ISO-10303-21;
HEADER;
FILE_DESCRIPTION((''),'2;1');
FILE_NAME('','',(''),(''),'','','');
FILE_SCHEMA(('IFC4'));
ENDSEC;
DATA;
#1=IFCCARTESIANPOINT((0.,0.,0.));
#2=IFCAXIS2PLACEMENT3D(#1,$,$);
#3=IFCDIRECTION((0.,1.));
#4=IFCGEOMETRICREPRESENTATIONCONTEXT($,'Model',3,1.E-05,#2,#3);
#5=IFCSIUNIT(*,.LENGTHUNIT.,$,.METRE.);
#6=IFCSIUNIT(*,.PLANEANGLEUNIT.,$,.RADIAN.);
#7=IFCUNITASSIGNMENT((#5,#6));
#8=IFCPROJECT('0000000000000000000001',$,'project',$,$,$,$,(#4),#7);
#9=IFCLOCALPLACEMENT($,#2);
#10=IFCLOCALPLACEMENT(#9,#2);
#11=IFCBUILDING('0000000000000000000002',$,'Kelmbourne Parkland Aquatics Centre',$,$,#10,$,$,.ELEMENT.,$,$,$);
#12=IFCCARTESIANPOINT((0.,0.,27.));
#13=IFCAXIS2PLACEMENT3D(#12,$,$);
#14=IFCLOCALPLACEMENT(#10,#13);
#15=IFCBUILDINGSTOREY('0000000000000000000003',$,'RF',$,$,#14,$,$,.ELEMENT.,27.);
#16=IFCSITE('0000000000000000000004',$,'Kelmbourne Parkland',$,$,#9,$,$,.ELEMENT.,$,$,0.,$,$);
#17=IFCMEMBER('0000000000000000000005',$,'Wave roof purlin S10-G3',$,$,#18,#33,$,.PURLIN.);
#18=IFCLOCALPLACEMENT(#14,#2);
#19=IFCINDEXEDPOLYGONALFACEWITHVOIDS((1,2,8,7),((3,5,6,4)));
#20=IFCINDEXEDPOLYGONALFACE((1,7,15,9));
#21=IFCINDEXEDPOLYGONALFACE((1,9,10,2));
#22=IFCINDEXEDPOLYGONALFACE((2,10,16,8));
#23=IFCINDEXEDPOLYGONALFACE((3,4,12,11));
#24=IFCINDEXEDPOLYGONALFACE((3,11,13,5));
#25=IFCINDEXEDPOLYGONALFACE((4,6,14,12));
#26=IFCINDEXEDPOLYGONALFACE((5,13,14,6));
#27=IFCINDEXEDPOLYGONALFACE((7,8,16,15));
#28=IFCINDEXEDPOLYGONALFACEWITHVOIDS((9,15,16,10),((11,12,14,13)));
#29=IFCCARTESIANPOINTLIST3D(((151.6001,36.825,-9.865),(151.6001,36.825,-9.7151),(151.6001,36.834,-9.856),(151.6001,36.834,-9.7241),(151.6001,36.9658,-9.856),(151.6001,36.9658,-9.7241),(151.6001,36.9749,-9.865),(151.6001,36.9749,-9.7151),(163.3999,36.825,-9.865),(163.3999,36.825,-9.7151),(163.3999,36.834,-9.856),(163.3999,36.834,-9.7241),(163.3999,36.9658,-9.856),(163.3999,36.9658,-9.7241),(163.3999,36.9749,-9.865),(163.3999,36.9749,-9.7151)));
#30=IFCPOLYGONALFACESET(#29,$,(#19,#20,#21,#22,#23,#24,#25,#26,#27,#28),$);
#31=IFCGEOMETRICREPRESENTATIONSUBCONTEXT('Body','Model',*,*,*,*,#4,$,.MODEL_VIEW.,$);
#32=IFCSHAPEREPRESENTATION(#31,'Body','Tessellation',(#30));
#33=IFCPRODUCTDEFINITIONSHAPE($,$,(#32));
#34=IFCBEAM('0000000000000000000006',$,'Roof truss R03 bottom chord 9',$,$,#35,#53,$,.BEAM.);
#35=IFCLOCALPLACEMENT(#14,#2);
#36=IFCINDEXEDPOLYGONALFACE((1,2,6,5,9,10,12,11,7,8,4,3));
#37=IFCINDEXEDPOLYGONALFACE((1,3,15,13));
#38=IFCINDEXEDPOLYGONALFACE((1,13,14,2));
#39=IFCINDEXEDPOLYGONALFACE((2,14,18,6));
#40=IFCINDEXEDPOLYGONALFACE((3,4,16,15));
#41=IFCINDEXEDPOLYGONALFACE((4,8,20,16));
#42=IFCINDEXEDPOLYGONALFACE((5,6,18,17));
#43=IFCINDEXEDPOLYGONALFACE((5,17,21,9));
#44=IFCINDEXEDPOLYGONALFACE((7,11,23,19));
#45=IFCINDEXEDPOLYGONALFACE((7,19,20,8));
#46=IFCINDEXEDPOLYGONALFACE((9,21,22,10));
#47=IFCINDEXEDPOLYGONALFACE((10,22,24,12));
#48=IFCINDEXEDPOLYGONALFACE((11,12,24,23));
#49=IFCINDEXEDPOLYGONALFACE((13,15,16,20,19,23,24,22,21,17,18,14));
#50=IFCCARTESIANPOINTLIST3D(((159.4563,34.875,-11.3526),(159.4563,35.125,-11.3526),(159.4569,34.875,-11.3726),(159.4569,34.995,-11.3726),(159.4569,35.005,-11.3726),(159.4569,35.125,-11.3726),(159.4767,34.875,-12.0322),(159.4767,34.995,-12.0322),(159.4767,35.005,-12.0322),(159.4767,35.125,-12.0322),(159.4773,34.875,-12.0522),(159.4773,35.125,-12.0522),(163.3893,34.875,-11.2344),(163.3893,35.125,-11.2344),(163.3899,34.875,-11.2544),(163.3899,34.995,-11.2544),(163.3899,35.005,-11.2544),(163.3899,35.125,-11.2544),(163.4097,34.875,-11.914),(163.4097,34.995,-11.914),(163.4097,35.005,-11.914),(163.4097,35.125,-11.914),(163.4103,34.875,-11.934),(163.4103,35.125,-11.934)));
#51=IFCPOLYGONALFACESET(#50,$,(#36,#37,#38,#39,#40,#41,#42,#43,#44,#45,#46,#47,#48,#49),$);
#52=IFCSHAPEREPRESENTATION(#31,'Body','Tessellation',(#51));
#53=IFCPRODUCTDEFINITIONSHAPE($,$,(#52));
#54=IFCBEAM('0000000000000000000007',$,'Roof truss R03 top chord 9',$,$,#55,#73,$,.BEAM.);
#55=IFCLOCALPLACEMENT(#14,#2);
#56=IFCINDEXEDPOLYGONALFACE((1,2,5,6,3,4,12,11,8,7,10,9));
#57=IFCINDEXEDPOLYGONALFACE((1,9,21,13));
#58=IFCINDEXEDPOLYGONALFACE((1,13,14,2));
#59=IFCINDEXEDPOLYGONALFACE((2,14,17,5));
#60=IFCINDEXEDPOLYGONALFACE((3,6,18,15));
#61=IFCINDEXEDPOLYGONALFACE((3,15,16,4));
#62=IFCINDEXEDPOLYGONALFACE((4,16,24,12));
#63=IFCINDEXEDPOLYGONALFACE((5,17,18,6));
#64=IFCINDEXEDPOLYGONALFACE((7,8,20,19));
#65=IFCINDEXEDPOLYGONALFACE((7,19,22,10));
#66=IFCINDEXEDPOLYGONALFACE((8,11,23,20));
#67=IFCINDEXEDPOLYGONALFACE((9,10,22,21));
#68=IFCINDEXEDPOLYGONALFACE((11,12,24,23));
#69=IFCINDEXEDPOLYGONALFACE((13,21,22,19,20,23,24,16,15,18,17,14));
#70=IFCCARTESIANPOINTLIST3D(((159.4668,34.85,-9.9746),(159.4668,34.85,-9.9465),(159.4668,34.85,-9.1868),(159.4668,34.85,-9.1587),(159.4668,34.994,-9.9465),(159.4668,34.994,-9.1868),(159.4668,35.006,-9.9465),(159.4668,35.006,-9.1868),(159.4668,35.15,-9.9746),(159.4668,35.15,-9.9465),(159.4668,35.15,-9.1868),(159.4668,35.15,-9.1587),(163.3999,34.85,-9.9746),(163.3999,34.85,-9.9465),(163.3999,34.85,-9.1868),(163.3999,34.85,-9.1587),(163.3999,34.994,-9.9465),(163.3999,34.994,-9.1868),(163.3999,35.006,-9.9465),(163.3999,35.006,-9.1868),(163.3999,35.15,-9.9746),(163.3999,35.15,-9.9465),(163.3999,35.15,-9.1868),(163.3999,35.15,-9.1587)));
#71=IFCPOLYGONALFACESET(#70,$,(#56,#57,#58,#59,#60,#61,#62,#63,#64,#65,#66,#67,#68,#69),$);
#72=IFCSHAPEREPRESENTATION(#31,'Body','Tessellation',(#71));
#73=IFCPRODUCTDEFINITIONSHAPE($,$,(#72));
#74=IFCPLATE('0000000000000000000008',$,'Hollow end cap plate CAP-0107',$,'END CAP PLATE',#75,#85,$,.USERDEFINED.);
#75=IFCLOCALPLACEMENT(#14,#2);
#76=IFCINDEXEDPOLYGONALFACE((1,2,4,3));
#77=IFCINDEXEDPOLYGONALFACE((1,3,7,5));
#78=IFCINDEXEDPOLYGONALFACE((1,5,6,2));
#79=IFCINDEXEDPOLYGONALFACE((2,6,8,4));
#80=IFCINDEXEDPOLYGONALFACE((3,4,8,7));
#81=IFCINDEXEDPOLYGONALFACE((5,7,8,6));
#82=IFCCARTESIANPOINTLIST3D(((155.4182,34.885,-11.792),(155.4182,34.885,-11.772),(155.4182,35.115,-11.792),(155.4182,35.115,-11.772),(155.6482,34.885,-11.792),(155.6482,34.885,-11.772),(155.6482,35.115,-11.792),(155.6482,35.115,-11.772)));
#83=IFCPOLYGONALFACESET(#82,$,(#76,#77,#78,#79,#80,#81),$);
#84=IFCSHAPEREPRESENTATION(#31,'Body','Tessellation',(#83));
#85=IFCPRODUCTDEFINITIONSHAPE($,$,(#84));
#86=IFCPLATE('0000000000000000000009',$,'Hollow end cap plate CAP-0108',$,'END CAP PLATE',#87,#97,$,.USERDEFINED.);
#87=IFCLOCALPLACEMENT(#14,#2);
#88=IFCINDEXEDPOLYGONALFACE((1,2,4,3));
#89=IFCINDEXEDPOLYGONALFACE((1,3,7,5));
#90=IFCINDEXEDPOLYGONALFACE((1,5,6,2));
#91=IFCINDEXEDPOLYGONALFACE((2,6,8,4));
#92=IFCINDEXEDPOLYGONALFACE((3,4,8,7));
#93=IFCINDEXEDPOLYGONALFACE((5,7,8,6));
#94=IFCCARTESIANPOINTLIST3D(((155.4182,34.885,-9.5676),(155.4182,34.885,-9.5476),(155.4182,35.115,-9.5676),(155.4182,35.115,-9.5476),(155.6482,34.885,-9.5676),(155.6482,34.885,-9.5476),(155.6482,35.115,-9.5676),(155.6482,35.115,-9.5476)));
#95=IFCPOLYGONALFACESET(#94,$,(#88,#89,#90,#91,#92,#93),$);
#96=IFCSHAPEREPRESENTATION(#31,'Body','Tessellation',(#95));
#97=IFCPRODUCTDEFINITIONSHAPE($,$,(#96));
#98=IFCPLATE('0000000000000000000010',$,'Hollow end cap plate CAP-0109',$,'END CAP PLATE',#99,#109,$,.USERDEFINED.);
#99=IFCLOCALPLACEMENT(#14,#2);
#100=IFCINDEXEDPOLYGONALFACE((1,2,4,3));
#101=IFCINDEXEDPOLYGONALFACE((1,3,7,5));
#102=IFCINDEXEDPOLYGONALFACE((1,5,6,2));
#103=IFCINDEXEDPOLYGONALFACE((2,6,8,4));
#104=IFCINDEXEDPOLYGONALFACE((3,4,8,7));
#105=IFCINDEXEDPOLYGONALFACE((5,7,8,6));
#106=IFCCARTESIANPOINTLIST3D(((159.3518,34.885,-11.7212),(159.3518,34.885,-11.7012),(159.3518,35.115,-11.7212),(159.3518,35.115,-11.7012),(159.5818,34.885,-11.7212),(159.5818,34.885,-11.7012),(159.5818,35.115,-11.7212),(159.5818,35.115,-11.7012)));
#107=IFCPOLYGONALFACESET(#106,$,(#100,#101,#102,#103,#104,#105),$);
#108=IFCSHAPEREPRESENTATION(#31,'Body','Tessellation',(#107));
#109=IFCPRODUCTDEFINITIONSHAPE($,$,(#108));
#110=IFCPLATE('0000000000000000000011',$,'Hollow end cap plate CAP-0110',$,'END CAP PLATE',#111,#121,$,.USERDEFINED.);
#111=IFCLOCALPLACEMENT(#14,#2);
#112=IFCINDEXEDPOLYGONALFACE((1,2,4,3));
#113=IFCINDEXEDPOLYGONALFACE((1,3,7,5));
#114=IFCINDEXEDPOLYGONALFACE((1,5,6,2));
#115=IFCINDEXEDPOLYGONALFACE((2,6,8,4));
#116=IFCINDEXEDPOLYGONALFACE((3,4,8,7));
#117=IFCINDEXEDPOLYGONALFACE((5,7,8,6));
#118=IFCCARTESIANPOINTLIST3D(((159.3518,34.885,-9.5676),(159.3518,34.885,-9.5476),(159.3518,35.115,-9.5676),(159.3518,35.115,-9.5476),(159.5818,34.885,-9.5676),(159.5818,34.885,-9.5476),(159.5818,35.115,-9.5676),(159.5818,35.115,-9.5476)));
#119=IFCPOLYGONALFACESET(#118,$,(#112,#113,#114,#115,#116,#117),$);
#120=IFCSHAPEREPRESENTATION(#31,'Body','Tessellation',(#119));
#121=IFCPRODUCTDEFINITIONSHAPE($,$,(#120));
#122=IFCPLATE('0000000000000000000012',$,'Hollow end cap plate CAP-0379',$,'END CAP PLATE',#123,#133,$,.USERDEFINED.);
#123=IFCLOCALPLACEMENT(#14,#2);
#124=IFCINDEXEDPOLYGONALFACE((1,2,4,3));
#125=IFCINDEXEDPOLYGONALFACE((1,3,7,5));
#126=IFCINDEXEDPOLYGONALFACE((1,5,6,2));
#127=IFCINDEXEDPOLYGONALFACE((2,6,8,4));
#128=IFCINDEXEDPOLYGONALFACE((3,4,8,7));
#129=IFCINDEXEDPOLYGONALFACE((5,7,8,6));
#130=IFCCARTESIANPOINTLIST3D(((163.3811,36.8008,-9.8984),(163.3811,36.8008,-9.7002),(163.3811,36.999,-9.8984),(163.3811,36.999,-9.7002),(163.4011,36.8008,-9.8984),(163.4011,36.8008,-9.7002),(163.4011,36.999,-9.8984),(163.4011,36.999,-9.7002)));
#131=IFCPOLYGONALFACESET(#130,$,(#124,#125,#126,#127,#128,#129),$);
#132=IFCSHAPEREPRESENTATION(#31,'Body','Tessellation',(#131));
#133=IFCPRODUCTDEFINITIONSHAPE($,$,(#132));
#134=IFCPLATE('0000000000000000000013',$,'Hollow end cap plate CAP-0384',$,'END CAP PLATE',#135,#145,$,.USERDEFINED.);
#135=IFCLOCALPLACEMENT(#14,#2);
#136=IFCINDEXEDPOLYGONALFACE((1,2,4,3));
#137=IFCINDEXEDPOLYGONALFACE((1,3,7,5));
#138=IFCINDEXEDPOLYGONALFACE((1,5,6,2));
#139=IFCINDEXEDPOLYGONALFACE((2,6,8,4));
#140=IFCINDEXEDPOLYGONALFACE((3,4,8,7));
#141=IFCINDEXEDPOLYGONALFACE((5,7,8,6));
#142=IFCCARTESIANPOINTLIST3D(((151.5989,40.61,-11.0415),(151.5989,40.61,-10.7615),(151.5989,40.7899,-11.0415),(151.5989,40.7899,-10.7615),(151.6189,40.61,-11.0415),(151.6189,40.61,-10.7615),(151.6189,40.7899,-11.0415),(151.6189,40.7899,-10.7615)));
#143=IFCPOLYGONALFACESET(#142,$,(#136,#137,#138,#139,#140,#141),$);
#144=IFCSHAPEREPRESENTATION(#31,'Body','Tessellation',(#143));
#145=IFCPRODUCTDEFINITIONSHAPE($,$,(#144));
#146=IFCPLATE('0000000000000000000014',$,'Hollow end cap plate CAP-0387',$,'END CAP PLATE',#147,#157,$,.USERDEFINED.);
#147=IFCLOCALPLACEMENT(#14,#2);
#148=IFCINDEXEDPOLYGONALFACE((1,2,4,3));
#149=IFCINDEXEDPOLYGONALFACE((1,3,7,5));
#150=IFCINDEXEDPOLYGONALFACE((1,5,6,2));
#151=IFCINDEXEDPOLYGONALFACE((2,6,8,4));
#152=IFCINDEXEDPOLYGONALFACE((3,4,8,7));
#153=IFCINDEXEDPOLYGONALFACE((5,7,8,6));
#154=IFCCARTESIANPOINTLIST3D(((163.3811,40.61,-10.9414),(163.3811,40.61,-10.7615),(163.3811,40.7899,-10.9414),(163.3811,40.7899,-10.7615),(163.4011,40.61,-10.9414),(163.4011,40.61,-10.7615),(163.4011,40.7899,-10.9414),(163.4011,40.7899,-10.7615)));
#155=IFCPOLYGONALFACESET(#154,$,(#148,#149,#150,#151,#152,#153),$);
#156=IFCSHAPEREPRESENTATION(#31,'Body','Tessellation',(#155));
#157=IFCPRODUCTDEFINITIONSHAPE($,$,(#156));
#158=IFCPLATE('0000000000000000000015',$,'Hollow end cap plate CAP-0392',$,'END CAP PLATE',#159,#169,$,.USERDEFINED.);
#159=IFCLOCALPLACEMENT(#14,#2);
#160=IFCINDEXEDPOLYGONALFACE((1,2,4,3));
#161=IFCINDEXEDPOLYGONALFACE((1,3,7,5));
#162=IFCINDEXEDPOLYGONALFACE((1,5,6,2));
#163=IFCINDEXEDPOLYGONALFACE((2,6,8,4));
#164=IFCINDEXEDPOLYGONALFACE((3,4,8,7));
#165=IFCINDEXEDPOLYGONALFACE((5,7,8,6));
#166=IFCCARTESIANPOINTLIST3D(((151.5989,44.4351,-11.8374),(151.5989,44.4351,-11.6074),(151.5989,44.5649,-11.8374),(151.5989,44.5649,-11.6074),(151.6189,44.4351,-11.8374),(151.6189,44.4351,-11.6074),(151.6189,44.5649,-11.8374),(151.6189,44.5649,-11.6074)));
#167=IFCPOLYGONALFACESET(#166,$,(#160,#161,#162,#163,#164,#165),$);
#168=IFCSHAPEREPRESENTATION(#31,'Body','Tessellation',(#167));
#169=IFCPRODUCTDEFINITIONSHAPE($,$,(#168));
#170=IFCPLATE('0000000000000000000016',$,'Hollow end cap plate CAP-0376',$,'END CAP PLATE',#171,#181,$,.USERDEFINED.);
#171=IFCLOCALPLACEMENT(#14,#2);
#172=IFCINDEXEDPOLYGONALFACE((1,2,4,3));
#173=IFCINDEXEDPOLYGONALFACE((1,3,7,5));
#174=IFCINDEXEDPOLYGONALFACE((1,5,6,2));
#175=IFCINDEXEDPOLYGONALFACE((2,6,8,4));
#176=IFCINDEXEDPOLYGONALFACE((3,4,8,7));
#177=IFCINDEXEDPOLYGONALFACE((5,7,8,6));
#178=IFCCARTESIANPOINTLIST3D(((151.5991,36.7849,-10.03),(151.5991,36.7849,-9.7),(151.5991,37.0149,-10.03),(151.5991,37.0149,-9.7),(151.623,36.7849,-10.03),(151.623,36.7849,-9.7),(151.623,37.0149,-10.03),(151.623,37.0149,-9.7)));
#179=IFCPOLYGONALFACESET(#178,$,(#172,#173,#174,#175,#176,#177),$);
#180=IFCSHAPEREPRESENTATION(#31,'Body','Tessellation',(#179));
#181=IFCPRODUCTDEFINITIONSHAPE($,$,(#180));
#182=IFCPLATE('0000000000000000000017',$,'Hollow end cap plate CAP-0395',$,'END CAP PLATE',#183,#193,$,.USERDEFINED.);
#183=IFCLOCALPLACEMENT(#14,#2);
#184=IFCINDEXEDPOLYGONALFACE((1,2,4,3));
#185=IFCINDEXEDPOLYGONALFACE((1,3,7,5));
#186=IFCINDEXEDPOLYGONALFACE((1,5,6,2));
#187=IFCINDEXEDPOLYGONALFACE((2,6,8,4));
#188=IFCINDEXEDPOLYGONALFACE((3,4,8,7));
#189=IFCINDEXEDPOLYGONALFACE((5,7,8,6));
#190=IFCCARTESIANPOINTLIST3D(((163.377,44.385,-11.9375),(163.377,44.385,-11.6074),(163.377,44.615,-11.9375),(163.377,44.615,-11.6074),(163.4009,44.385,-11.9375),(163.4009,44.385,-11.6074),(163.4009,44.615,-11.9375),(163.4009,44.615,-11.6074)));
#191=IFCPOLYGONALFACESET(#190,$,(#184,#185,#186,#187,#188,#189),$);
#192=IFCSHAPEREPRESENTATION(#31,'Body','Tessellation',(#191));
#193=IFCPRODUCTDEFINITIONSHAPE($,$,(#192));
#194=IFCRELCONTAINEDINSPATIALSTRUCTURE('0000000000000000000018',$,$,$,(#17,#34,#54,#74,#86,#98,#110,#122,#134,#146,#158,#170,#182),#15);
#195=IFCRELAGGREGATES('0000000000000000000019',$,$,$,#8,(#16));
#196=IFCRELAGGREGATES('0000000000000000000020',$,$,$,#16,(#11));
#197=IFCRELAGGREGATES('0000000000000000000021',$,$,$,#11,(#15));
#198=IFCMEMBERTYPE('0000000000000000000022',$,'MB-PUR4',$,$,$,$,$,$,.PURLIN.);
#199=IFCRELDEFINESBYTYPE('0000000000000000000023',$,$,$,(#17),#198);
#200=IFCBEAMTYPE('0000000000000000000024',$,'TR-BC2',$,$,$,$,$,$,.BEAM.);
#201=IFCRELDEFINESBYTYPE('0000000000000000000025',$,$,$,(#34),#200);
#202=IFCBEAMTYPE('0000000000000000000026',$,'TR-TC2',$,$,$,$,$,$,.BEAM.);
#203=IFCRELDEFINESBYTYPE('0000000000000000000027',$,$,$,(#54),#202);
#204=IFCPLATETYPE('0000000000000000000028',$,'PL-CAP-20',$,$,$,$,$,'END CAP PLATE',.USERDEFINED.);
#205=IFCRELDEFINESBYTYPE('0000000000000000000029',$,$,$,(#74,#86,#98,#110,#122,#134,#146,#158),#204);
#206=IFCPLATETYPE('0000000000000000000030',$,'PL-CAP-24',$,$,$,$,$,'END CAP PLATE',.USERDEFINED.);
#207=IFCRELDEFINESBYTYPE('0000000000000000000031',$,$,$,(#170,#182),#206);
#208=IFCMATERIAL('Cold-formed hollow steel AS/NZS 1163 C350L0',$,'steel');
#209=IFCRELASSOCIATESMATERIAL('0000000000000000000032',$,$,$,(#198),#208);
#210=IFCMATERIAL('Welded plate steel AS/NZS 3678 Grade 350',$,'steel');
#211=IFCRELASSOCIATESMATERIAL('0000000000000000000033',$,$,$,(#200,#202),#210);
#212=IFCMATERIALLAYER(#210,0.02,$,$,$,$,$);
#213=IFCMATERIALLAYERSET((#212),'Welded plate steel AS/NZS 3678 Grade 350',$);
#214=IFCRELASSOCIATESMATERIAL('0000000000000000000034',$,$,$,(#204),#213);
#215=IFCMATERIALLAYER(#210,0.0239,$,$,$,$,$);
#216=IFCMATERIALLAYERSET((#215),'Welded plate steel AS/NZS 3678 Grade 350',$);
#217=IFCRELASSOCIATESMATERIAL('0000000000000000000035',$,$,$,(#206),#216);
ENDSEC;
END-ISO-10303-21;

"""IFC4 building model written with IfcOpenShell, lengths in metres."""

from ifc_helpers import new_model, si_unit, direction, frame, origin, origin_2d, place, context, subcontext, project, spatial, rectangle, hollow_rectangle, i_section, extrude, material, layer, layer_set, material_profile, profile_set, type_object, element, save


model = new_model("IFC4")

# Units and contexts
model_context = context("Model", 3, precision=1e-05, world=origin(), true_north=direction((0.0, 1.0)))
body_context = subcontext(model_context, "Body", "Model", "MODEL_VIEW")
ifc_project = project(units=[si_unit("LENGTHUNIT", "METRE"), si_unit("PLANEANGLEUNIT", "RADIAN")], contexts=[model_context])

# Site, building, storey
site_placement = place(None, origin())
site = spatial("IfcSite", under=ifc_project, at=site_placement, Name="Kelmbourne Parkland", CompositionType="ELEMENT", RefElevation=0.0)
building_placement = place(site_placement, origin())
building = spatial("IfcBuilding", under=site, at=building_placement, Name="Kelmbourne Parkland Aquatics Centre", CompositionType="ELEMENT")
storey_placement = place(building_placement, frame((0.0, 0.0, 27.0)))
storey = spatial("IfcBuildingStorey", under=building, at=storey_placement, Name="RF", CompositionType="ELEMENT", Elevation=27.0)

# Member
ifc_material_1 = material(Name="Cold-formed hollow steel AS/NZS 1163 C350L0", Category="steel")
ifc_material_profile_1 = material_profile(ifc_material_1, hollow_rectangle(XDim=0.1499, YDim=0.1499, WallThickness=0.009, at=origin_2d()), Name="SHS 150x150x9.0")
ifc_profile_set_1 = profile_set([ifc_material_profile_1], Name="Cold-formed hollow steel AS/NZS 1163 C350L0")
member_type_1 = type_object("IfcMemberType", Name="MB-PUR4", PredefinedType="PURLIN", material=ifc_profile_set_1)
member_1_placement = place(storey_placement, frame((151.6001, 36.8999, -9.79), z_axis=(1.0, 0.0, 0.0), x_axis=(0.0, 1.0, 0.0)))
element("IfcMember", 1, at=member_1_placement, inside=storey, type_object=member_type_1, Name="Wave roof purlin S10-G3", PredefinedType="PURLIN", context=body_context, shape_type="SweptSolid", body=[
    extrude(hollow_rectangle(XDim=0.1499, YDim=0.1499, WallThickness=0.009, at=origin_2d()), origin(), (0.0, 0.0, 1.0), 11.7998),
])

# Beams
ifc_material_2 = material(Name="Welded plate steel AS/NZS 3678 Grade 350", Category="steel")
ifc_material_profile_2 = material_profile(ifc_material_2, i_section(OverallWidth=0.25, OverallDepth=0.7, WebThickness=0.01, FlangeThickness=0.02, at=origin_2d()), Name="700WB130")
ifc_profile_set_2 = profile_set([ifc_material_profile_2], Name="Welded plate steel AS/NZS 3678 Grade 350")
beam_type_1 = type_object("IfcBeamType", Name="TR-BC2", PredefinedType="BEAM", material=ifc_profile_set_2)
beam_1_placement = place(storey_placement, frame((159.4668, 35.0, -11.7024), z_axis=(0.999549, 0.0, 0.03003), x_axis=(0.0, 1.0, 0.0)))
element("IfcBeam", 2, at=beam_1_placement, inside=storey, type_object=beam_type_1, Name="Roof truss R03 bottom chord 9", PredefinedType="BEAM", context=body_context, shape_type="SweptSolid", body=[
    extrude(i_section(OverallWidth=0.25, OverallDepth=0.7, WebThickness=0.01, FlangeThickness=0.02, at=origin_2d()), origin(), (0.0, 0.0, 1.0), 3.9348),
])
ifc_material_profile_3 = material_profile(ifc_material_2, i_section(OverallWidth=0.3, OverallDepth=0.8159, WebThickness=0.012, FlangeThickness=0.0281, at=origin_2d()), Name="800WB192")
ifc_profile_set_3 = profile_set([ifc_material_profile_3], Name="Welded plate steel AS/NZS 3678 Grade 350")
beam_type_2 = type_object("IfcBeamType", Name="TR-TC2", PredefinedType="BEAM", material=ifc_profile_set_3)
beam_2_placement = place(storey_placement, frame((159.4668, 35.0, -9.5667), z_axis=(1.0, 0.0, 0.0), x_axis=(0.0, 1.0, 0.0)))
element("IfcBeam", 3, at=beam_2_placement, inside=storey, type_object=beam_type_2, Name="Roof truss R03 top chord 9", PredefinedType="BEAM", context=body_context, shape_type="SweptSolid", body=[
    extrude(i_section(OverallWidth=0.3, OverallDepth=0.8159, WebThickness=0.012, FlangeThickness=0.0281, at=origin_2d()), origin(), (0.0, 0.0, 1.0), 3.9331),
])

# Plates
ifc_layer_1 = layer(ifc_material_2, 0.02)
ifc_layer_set_1 = layer_set([ifc_layer_1], Name="Welded plate steel AS/NZS 3678 Grade 350")
plate_type_1 = type_object("IfcPlateType", Name="PL-CAP-20", ElementType="END CAP PLATE", PredefinedType="USERDEFINED", material=ifc_layer_set_1)
for number, where, z_axis, x_axis, name in (
    (4, (155.5332, 35.0, -11.792), (0.0, 0.0, 1.0), (1.0, 0.0, 0.0), "Hollow end cap plate CAP-0107"),
    (5, (155.5332, 35.0, -9.5676), (0.0, 0.0, 1.0), (1.0, 0.0, 0.0), "Hollow end cap plate CAP-0108"),
    (6, (159.4668, 35.0, -11.7212), (0.0, 0.0, 1.0), (1.0, 0.0, 0.0), "Hollow end cap plate CAP-0109"),
    (7, (159.4668, 35.0, -9.5676), (0.0, 0.0, 1.0), (1.0, 0.0, 0.0), "Hollow end cap plate CAP-0110"),
):
    element("IfcPlate", number, at=place(storey_placement, frame(where, z_axis=z_axis, x_axis=x_axis)), inside=storey, type_object=plate_type_1, Name=name, ObjectType="END CAP PLATE", PredefinedType="USERDEFINED", context=body_context, shape_type="SweptSolid", body=[
        extrude(rectangle(XDim=0.23, YDim=0.23, at=origin_2d()), origin(), (0.0, 0.0, 1.0), 0.02),
    ])
plate_1_placement = place(storey_placement, frame((163.3911, 36.8999, -9.8984), z_axis=(0.0, 0.0, 1.0), x_axis=(-1.0, 0.0, 0.0)))
element("IfcPlate", 8, at=plate_1_placement, inside=storey, type_object=plate_type_1, Name="Hollow end cap plate CAP-0379", ObjectType="END CAP PLATE", PredefinedType="USERDEFINED", context=body_context, shape_type="SweptSolid", body=[
    extrude(rectangle(XDim=0.02, YDim=0.1982, at=origin_2d()), origin(), (0.0, 0.0, 1.0), 0.1982),
])
plate_2_placement = place(storey_placement, frame((151.6089, 40.7, -11.0415), z_axis=(0.0, 0.0, 1.0), x_axis=(1.0, 0.0, 0.0)))
element("IfcPlate", 9, at=plate_2_placement, inside=storey, type_object=plate_type_1, Name="Hollow end cap plate CAP-0384", ObjectType="END CAP PLATE", PredefinedType="USERDEFINED", context=body_context, shape_type="SweptSolid", body=[
    extrude(rectangle(XDim=0.02, YDim=0.1799, at=origin_2d()), origin(), (0.0, 0.0, 1.0), 0.28),
])
plate_3_placement = place(storey_placement, frame((163.3911, 40.7, -10.9414), z_axis=(0.0, 0.0, 1.0), x_axis=(-1.0, 0.0, 0.0)))
element("IfcPlate", 10, at=plate_3_placement, inside=storey, type_object=plate_type_1, Name="Hollow end cap plate CAP-0387", ObjectType="END CAP PLATE", PredefinedType="USERDEFINED", context=body_context, shape_type="SweptSolid", body=[
    extrude(rectangle(XDim=0.02, YDim=0.1799, at=origin_2d()), origin(), (0.0, 0.0, 1.0), 0.1799),
])
plate_4_placement = place(storey_placement, frame((151.6089, 44.5, -11.8374), z_axis=(0.0, 0.0, 1.0), x_axis=(1.0, 0.0, 0.0)))
element("IfcPlate", 11, at=plate_4_placement, inside=storey, type_object=plate_type_1, Name="Hollow end cap plate CAP-0392", ObjectType="END CAP PLATE", PredefinedType="USERDEFINED", context=body_context, shape_type="SweptSolid", body=[
    extrude(rectangle(XDim=0.02, YDim=0.1299, at=origin_2d()), origin(), (0.0, 0.0, 1.0), 0.23),
])
ifc_layer_2 = layer(ifc_material_2, 0.0239)
ifc_layer_set_2 = layer_set([ifc_layer_2], Name="Welded plate steel AS/NZS 3678 Grade 350")
plate_type_2 = type_object("IfcPlateType", Name="PL-CAP-24", ElementType="END CAP PLATE", PredefinedType="USERDEFINED", material=ifc_layer_set_2)
for number, where, z_axis, x_axis, name in (
    (12, (151.6111, 36.8999, -10.03), (0.0, 0.0, 1.0), (1.0, 0.0, 0.0), "Hollow end cap plate CAP-0376"),
    (13, (163.3889, 44.5, -11.9375), (0.0, 0.0, 1.0), (-1.0, 0.0, 0.0), "Hollow end cap plate CAP-0395"),
):
    element("IfcPlate", number, at=place(storey_placement, frame(where, z_axis=z_axis, x_axis=x_axis)), inside=storey, type_object=plate_type_2, Name=name, ObjectType="END CAP PLATE", PredefinedType="USERDEFINED", context=body_context, shape_type="SweptSolid", body=[
        extrude(rectangle(XDim=0.0239, YDim=0.23, at=origin_2d()), origin(), (0.0, 0.0, 1.0), 0.3301),
    ])

save(model, "model.ifc")
